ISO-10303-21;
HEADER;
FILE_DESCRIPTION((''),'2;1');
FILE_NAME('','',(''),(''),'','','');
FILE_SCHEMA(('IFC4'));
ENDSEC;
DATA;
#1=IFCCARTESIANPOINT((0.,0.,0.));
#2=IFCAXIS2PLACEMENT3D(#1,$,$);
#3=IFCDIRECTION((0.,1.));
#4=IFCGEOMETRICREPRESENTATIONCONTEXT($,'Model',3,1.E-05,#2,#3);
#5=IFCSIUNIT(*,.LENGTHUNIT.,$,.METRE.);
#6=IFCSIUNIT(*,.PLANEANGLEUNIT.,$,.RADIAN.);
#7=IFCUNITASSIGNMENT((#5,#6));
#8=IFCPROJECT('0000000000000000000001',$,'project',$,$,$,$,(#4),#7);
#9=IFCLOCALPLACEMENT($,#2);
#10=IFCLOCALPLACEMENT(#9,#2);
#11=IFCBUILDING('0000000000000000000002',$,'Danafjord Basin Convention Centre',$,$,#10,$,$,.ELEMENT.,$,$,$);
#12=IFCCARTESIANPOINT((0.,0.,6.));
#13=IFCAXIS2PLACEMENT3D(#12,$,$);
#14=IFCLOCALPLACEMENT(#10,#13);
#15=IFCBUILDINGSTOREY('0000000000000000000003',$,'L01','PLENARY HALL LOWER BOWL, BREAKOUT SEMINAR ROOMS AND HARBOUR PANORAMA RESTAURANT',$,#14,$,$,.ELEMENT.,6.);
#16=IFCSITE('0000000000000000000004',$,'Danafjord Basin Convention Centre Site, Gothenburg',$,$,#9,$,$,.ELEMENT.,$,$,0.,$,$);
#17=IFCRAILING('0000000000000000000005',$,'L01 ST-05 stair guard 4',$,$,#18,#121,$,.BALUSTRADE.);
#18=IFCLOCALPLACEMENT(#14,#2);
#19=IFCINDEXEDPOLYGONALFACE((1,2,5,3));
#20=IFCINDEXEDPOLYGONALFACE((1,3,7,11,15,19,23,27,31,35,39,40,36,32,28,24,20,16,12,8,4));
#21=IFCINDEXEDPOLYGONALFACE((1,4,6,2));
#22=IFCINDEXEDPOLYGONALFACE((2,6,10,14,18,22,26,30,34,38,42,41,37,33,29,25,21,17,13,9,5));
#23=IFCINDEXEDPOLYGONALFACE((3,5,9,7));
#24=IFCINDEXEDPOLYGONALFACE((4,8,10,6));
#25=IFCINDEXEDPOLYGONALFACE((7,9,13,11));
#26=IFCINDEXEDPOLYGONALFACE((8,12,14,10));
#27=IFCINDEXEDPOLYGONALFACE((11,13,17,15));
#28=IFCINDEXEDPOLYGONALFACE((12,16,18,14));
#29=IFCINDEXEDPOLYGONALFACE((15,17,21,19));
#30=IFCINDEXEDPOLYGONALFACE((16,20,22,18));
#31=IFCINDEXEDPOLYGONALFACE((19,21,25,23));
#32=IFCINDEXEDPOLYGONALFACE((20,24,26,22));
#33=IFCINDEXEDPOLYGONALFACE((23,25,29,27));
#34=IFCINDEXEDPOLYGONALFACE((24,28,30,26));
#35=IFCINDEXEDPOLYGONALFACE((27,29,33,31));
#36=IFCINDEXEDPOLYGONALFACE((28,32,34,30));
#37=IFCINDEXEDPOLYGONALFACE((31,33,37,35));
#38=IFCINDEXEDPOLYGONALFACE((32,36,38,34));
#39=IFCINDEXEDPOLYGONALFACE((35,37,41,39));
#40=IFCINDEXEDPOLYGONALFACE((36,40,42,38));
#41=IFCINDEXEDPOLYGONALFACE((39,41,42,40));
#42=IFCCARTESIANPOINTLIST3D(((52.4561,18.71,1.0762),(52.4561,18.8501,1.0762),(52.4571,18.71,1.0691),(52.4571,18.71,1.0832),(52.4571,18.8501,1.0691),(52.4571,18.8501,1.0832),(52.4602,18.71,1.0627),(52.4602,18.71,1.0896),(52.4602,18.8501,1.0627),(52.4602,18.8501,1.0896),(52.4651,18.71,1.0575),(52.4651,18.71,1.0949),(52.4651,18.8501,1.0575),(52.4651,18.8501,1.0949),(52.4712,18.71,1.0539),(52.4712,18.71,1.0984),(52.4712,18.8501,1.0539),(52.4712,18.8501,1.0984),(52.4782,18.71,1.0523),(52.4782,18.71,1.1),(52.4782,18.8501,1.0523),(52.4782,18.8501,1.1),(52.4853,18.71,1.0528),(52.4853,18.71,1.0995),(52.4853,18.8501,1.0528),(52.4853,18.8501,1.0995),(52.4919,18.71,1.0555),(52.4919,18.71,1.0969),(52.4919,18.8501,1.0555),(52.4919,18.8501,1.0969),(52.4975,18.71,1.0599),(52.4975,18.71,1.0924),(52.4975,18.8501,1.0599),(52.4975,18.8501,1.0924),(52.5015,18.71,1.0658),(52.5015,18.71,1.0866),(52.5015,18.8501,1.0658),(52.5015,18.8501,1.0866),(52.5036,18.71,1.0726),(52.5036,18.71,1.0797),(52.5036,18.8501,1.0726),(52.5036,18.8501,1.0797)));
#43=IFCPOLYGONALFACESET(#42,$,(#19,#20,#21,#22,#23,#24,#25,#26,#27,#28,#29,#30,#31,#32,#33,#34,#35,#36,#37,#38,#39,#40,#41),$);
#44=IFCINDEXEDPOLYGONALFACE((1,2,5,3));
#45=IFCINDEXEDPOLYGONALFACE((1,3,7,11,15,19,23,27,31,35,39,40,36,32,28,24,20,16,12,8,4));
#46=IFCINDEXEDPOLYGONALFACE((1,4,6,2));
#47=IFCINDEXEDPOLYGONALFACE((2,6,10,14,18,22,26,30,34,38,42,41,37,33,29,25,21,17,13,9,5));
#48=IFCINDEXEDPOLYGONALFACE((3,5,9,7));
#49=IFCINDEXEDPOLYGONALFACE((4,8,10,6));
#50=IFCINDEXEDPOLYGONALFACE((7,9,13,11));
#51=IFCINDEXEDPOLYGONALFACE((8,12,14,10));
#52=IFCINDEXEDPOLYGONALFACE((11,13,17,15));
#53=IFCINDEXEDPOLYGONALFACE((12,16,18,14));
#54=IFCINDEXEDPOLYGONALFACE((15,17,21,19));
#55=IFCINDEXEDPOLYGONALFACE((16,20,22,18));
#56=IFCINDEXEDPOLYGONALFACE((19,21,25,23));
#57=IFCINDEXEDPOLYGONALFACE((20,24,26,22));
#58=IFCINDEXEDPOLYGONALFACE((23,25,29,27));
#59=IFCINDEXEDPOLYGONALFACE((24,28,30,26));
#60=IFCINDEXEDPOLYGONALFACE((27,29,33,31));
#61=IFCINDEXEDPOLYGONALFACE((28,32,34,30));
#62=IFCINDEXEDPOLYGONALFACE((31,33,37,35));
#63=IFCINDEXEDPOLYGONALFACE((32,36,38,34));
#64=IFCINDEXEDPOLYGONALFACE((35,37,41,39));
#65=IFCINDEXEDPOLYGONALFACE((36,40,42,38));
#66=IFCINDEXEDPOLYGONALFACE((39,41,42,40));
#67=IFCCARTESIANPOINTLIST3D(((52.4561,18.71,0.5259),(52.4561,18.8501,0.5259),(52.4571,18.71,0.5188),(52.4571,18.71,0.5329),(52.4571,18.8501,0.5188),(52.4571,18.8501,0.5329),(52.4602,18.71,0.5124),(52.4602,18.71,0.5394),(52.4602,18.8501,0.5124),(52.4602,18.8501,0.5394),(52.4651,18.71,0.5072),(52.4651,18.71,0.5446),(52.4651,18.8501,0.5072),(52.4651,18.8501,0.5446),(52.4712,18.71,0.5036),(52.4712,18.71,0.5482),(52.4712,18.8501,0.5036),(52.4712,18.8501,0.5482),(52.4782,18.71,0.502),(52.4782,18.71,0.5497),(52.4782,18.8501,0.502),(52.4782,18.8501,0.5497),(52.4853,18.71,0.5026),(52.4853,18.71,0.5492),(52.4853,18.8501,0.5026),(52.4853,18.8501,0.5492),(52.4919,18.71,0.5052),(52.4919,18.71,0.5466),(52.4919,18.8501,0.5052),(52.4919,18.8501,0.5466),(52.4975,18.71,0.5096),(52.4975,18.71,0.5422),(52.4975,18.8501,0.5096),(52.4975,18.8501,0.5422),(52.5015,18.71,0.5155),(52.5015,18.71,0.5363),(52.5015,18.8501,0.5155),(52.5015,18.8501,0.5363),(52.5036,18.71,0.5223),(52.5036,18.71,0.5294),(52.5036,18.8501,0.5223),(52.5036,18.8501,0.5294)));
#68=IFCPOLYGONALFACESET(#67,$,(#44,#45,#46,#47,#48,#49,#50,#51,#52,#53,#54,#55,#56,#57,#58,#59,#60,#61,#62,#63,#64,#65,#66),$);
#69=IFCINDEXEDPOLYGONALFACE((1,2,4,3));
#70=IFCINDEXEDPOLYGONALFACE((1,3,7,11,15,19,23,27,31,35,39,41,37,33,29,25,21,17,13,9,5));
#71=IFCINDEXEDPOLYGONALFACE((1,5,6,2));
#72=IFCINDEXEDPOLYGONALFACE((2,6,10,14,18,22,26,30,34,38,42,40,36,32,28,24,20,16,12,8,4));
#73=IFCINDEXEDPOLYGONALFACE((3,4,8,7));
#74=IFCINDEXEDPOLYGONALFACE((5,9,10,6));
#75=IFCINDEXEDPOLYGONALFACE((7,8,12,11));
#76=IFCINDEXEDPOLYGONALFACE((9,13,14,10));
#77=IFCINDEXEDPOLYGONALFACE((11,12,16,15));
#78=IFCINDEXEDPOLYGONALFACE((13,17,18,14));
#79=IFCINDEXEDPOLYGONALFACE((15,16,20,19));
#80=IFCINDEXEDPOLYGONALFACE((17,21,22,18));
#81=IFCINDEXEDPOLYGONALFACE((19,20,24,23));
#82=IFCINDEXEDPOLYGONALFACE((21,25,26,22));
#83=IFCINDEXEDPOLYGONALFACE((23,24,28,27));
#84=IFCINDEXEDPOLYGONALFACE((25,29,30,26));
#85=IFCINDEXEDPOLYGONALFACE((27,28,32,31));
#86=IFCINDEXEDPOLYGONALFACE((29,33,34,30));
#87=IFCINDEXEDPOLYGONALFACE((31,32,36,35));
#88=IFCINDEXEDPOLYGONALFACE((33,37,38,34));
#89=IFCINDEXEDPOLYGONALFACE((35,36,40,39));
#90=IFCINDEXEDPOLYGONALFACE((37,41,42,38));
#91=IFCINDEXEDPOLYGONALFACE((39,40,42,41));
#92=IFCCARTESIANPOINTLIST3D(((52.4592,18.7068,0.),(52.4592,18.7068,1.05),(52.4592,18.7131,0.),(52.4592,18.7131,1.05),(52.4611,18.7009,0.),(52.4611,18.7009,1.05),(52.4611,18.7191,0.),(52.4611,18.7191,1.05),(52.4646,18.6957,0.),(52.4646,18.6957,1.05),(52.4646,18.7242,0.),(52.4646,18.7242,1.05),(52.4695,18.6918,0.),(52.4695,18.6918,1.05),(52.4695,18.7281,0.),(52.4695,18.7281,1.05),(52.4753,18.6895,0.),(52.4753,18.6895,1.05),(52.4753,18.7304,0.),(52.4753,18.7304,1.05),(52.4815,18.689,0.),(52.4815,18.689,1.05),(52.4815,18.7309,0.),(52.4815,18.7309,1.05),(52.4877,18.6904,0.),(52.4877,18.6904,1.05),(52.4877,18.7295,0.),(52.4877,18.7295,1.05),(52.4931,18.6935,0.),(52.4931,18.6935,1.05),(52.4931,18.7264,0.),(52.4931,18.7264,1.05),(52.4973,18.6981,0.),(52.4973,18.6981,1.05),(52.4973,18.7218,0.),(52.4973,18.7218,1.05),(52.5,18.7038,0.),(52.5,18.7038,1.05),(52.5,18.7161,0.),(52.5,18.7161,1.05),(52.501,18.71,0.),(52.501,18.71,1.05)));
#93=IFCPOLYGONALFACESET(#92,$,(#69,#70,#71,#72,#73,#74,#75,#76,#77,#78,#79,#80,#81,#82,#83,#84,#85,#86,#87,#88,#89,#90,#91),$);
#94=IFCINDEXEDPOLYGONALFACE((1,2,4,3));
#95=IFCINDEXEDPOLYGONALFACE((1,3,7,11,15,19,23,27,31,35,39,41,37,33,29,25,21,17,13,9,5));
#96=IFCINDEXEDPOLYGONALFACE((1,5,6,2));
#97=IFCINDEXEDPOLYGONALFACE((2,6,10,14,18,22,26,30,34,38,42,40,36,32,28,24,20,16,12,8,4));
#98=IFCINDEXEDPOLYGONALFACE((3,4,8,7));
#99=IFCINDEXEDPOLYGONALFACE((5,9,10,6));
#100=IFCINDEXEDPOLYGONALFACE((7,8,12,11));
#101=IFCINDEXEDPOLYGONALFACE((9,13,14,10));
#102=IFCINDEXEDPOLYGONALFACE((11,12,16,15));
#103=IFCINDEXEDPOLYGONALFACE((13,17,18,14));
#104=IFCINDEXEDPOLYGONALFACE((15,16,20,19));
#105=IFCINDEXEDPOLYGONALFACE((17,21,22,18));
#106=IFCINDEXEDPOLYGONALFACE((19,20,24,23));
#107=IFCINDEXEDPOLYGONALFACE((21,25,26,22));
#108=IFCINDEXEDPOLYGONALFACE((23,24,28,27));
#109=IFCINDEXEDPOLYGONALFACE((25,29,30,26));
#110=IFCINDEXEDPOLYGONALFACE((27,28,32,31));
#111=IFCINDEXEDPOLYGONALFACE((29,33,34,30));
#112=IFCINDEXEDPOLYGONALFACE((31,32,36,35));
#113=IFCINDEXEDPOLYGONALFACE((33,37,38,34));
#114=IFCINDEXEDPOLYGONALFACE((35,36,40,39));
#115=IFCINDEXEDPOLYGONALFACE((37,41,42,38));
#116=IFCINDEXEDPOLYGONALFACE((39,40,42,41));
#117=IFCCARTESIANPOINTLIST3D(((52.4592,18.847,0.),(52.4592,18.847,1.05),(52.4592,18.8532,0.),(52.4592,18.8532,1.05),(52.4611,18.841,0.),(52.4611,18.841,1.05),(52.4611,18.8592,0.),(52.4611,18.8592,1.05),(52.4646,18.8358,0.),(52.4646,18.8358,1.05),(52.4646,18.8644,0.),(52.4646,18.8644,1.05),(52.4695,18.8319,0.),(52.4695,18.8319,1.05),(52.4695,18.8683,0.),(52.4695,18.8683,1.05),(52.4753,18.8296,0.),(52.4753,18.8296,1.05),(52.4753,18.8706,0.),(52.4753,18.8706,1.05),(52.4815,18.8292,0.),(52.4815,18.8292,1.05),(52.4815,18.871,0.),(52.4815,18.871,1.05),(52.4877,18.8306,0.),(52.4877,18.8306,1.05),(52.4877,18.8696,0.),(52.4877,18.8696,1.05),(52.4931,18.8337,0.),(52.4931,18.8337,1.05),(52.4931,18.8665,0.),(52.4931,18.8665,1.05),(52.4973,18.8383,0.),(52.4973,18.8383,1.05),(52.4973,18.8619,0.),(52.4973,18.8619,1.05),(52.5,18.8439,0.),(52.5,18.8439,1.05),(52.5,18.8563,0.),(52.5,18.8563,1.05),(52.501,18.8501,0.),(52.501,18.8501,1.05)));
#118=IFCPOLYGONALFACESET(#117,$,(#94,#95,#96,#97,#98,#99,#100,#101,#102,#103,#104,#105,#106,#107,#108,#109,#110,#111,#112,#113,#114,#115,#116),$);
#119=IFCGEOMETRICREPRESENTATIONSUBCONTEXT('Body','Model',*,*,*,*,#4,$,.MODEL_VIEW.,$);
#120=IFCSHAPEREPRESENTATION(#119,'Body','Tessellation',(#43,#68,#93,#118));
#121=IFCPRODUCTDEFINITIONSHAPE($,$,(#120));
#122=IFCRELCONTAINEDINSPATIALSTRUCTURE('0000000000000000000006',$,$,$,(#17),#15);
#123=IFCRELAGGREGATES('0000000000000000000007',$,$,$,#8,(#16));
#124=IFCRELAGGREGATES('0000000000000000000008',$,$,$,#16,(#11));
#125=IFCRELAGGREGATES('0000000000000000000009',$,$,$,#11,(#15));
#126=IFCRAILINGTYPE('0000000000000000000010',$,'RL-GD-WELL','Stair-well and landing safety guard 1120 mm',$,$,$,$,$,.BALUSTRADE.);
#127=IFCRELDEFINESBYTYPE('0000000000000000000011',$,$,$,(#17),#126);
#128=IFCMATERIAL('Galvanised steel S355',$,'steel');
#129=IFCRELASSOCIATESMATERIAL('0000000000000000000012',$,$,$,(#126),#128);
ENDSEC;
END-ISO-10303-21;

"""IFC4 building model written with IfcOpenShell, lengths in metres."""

from ifc_helpers import new_model, si_unit, direction, frame, origin, origin_2d, place, context, subcontext, project, spatial, circle, extrude, material, type_object, element, save


model = new_model("IFC4")

# Units and contexts
model_context = context("Model", 3, precision=1e-05, world=origin(), true_north=direction((0.0, 1.0)))
body_context = subcontext(model_context, "Body", "Model", "MODEL_VIEW")
ifc_project = project(units=[si_unit("LENGTHUNIT", "METRE"), si_unit("PLANEANGLEUNIT", "RADIAN")], contexts=[model_context])

# Site, building, storey
site_placement = place(None, origin())
site = spatial("IfcSite", under=ifc_project, at=site_placement, Name="Danafjord Basin Convention Centre Site, Gothenburg", CompositionType="ELEMENT", RefElevation=0.0)
building_placement = place(site_placement, origin())
building = spatial("IfcBuilding", under=site, at=building_placement, Name="Danafjord Basin Convention Centre", CompositionType="ELEMENT")
storey_placement = place(building_placement, frame((0.0, 0.0, 6.0)))
storey = spatial("IfcBuildingStorey", under=building, at=storey_placement, Name="L01", Description="PLENARY HALL LOWER BOWL, BREAKOUT SEMINAR ROOMS AND HARBOUR PANORAMA RESTAURANT", CompositionType="ELEMENT", Elevation=6.0)

# Railing
ifc_material_1 = material(Name="Galvanised steel S355", Category="steel")
railing_type_1 = type_object("IfcRailingType", Name="RL-GD-WELL", Description="Stair-well and landing safety guard 1120 mm", PredefinedType="BALUSTRADE", material=ifc_material_1)
railing_1_placement = place(storey_placement, frame((52.48, 18.71, 0.0)))
element("IfcRailing", 1, at=railing_1_placement, inside=storey, type_object=railing_type_1, Name="L01 ST-05 stair guard 4", PredefinedType="BALUSTRADE", context=body_context, shape_type="SweptSolid", body=[
    extrude(circle(Radius=0.0239, at=origin_2d()), frame((0.0, 0.0, 1.0762), z_axis=(0.0, 1.0, 0.0), x_axis=(-1.0, 0.0, 0.0)), (0.0, 0.0, 1.0), 0.1401),
    extrude(circle(Radius=0.0239, at=origin_2d()), frame((0.0, 0.0, 0.5259), z_axis=(0.0, 1.0, 0.0), x_axis=(-1.0, 0.0, 0.0)), (0.0, 0.0, 1.0), 0.1401),
    extrude(circle(Radius=0.021, at=origin_2d()), origin(), (0.0, 0.0, 1.0), 1.05),
    extrude(circle(Radius=0.021, at=origin_2d()), frame((0.0, 0.1401, 0.0)), (0.0, 0.0, 1.0), 1.05),
])

save(model, "model.ifc")
